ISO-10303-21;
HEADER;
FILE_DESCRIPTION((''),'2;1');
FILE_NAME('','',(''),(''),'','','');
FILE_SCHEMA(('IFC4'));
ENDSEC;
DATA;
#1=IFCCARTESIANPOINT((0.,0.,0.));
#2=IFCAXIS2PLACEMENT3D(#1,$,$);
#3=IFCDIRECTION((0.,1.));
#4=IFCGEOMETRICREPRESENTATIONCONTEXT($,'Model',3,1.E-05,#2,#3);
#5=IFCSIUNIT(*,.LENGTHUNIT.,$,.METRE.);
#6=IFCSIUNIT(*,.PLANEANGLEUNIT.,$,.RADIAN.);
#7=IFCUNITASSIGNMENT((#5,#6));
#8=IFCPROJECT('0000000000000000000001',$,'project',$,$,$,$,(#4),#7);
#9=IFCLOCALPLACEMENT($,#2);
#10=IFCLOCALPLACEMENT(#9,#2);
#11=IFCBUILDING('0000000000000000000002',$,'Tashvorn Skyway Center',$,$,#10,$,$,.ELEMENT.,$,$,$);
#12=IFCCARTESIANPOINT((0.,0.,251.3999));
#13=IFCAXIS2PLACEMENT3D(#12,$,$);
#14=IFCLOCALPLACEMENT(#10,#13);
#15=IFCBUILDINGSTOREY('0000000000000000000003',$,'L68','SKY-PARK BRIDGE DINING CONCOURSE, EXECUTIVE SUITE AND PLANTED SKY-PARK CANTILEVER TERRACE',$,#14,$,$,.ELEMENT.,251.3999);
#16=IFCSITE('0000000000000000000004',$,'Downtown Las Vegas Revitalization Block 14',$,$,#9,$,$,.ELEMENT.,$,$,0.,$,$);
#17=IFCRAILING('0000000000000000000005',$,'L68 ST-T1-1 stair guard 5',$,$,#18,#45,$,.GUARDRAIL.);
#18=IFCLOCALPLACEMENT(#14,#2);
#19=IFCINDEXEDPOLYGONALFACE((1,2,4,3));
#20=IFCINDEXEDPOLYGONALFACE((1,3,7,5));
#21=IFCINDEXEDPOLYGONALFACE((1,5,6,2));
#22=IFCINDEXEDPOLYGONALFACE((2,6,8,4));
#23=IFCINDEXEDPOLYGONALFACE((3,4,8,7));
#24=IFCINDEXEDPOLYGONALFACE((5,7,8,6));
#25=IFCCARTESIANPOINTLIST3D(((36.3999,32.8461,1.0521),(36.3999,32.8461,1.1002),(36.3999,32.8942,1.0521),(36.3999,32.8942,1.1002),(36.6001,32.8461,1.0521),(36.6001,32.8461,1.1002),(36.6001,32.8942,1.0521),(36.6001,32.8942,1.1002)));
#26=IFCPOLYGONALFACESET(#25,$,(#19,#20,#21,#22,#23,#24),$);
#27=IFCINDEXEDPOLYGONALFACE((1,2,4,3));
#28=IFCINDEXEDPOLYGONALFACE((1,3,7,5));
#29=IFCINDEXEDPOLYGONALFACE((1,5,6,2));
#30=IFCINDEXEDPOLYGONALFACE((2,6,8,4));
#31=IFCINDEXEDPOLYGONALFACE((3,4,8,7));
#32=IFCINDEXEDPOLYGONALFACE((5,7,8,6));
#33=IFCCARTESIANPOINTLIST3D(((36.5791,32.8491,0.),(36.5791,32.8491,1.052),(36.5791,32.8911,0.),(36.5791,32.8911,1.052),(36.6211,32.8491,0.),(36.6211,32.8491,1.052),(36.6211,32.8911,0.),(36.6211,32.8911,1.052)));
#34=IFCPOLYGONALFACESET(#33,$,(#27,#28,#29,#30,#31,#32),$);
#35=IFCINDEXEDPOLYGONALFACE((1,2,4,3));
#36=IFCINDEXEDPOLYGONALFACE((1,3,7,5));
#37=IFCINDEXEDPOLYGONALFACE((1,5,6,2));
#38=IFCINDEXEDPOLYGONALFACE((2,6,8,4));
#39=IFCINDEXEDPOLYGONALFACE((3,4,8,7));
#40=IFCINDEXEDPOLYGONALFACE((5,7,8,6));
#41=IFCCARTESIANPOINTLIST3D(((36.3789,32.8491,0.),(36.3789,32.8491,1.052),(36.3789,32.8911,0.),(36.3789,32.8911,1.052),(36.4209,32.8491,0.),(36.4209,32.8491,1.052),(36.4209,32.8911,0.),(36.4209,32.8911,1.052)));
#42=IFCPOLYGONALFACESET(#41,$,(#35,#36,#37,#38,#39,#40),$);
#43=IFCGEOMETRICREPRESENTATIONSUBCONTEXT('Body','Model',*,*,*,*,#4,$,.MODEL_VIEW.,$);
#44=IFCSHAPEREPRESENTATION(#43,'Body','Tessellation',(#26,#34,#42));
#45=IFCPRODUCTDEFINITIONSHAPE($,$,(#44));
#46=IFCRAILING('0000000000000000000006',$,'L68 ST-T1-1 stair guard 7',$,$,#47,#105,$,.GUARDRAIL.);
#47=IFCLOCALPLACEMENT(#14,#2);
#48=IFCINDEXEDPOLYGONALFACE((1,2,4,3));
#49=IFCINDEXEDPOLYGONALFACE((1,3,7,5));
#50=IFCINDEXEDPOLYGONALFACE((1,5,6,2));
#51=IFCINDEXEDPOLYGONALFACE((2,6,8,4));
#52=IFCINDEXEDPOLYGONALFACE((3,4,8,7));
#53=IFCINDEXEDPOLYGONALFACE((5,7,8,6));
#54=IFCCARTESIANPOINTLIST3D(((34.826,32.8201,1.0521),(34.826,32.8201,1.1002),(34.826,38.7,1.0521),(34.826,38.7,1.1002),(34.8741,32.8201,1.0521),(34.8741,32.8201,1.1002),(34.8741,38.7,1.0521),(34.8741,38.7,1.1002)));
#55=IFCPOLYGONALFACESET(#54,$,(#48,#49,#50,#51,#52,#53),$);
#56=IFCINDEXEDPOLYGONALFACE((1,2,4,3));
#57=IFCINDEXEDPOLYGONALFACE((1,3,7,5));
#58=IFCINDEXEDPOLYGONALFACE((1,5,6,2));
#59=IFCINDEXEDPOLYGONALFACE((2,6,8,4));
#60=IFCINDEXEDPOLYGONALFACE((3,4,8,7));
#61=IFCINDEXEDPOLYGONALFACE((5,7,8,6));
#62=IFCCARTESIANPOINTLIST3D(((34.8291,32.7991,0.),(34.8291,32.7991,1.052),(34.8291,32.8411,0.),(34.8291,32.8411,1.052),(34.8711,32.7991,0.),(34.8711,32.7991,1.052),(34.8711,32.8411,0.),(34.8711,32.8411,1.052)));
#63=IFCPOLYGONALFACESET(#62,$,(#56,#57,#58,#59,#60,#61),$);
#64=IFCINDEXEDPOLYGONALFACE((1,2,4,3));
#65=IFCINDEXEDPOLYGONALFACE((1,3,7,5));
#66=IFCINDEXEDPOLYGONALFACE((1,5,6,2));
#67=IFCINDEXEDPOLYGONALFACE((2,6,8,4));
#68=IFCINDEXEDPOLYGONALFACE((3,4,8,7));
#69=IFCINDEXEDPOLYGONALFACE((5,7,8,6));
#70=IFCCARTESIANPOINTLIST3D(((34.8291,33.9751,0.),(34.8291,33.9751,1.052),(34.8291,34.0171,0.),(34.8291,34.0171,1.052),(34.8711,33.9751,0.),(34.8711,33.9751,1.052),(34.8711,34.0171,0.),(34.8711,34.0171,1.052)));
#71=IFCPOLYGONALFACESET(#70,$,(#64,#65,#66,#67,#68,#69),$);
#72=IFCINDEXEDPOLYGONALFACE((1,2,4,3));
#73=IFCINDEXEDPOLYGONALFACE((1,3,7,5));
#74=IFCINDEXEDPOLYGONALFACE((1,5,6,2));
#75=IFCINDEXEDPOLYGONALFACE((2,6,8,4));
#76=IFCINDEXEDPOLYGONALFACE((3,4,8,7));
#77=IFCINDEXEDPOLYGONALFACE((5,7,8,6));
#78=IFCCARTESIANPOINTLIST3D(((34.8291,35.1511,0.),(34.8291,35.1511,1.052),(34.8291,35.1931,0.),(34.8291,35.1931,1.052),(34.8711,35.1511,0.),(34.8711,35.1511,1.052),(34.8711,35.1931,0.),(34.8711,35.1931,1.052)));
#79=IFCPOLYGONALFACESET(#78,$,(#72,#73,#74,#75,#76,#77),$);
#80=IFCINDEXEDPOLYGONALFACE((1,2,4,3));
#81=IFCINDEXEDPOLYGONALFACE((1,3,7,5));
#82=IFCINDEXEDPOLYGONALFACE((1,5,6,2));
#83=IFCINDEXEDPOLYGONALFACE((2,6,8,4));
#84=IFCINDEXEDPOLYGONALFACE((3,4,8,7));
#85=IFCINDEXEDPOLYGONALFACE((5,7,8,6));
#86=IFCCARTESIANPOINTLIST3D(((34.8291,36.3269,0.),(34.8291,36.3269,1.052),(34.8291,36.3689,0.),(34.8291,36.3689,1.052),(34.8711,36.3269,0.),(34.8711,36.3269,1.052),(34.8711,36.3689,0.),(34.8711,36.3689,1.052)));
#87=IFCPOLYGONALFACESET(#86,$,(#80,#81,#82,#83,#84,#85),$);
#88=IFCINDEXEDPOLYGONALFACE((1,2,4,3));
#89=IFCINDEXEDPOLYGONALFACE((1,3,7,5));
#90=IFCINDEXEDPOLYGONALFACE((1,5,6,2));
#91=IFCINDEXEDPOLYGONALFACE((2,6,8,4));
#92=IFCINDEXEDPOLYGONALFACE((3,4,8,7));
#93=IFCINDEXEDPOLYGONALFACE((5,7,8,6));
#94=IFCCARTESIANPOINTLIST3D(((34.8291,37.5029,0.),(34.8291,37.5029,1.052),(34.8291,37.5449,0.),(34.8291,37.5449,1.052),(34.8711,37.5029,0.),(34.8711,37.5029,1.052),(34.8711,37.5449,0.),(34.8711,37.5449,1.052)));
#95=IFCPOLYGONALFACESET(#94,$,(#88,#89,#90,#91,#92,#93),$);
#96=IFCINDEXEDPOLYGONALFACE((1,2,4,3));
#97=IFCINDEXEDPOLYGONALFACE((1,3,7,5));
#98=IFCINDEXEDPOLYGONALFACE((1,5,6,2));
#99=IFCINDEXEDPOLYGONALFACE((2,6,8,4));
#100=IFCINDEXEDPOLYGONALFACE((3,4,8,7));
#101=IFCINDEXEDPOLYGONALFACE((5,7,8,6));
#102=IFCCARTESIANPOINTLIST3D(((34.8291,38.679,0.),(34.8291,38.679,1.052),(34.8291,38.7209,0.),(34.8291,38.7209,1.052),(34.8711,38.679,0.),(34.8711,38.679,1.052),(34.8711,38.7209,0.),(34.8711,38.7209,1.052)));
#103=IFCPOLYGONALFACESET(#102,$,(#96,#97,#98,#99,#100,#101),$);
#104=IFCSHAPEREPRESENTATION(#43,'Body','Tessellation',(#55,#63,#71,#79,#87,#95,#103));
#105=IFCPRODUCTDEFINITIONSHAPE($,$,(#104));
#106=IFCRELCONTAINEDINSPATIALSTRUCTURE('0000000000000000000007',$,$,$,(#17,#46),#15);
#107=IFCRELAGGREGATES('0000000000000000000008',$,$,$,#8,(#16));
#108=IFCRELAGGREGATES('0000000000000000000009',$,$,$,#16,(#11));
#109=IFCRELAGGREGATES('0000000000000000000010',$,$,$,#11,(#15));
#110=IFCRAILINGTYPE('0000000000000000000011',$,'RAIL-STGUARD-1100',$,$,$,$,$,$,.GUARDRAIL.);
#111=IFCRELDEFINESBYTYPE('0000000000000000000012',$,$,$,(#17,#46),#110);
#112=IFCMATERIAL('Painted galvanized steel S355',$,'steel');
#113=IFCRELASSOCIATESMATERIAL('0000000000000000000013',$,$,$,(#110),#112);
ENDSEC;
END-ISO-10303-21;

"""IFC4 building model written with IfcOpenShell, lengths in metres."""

from ifc_helpers import new_model, si_unit, direction, frame, origin, origin_2d, place, context, subcontext, project, spatial, rectangle, extrude, material, type_object, element, save


model = new_model("IFC4")

# Units and contexts
model_context = context("Model", 3, precision=1e-05, world=origin(), true_north=direction((0.0, 1.0)))
body_context = subcontext(model_context, "Body", "Model", "MODEL_VIEW")
ifc_project = project(units=[si_unit("LENGTHUNIT", "METRE"), si_unit("PLANEANGLEUNIT", "RADIAN")], contexts=[model_context])

# Site, building, storey
site_placement = place(None, origin())
site = spatial("IfcSite", under=ifc_project, at=site_placement, Name="Downtown Las Vegas Revitalization Block 14", CompositionType="ELEMENT", RefElevation=0.0)
building_placement = place(site_placement, origin())
building = spatial("IfcBuilding", under=site, at=building_placement, Name="Tashvorn Skyway Center", CompositionType="ELEMENT")
storey_placement = place(building_placement, frame((0.0, 0.0, 251.3999)))
storey = spatial("IfcBuildingStorey", under=building, at=storey_placement, Name="L68", Description="SKY-PARK BRIDGE DINING CONCOURSE, EXECUTIVE SUITE AND PLANTED SKY-PARK CANTILEVER TERRACE", CompositionType="ELEMENT", Elevation=251.3999)

# Railings
ifc_material_1 = material(Name="Painted galvanized steel S355", Category="steel")
railing_type_1 = type_object("IfcRailingType", Name="RAIL-STGUARD-1100", PredefinedType="GUARDRAIL", material=ifc_material_1)
railing_1_placement = place(storey_placement, frame((36.6001, 32.8701, 0.0)))
element("IfcRailing", 1, at=railing_1_placement, inside=storey, type_object=railing_type_1, Name="L68 ST-T1-1 stair guard 5", PredefinedType="GUARDRAIL", context=body_context, shape_type="SweptSolid", body=[
    extrude(rectangle(XDim=0.0481, YDim=0.0481, at=origin_2d()), frame((0.0, 0.0, 1.0762), z_axis=(-1.0, 0.0, 0.0), x_axis=(0.0, -1.0, 0.0)), (0.0, 0.0, 1.0), 0.2002),
    extrude(rectangle(XDim=0.042, YDim=0.042, at=origin_2d()), origin(), (0.0, 0.0, 1.0), 1.052),
    extrude(rectangle(XDim=0.042, YDim=0.042, at=origin_2d()), frame((-0.2002, 0.0, 0.0)), (0.0, 0.0, 1.0), 1.052),
])
railing_2_placement = place(storey_placement, frame((34.8501, 32.8201, 0.0)))
element("IfcRailing", 2, at=railing_2_placement, inside=storey, type_object=railing_type_1, Name="L68 ST-T1-1 stair guard 7", PredefinedType="GUARDRAIL", context=body_context, shape_type="SweptSolid", body=[
    extrude(rectangle(XDim=0.0481, YDim=0.0481, at=origin_2d()), frame((0.0, 0.0, 1.0762), z_axis=(0.0, 1.0, 0.0), x_axis=(-1.0, 0.0, 0.0)), (0.0, 0.0, 1.0), 5.8799),
    extrude(rectangle(XDim=0.042, YDim=0.042, at=origin_2d()), origin(), (0.0, 0.0, 1.0), 1.052),
    extrude(rectangle(XDim=0.042, YDim=0.042, at=origin_2d()), frame((0.0, 1.176, 0.0)), (0.0, 0.0, 1.0), 1.052),
    extrude(rectangle(XDim=0.042, YDim=0.042, at=origin_2d()), frame((0.0, 2.3521, 0.0)), (0.0, 0.0, 1.0), 1.052),
    extrude(rectangle(XDim=0.042, YDim=0.042, at=origin_2d()), frame((0.0, 3.5278, 0.0)), (0.0, 0.0, 1.0), 1.052),
    extrude(rectangle(XDim=0.042, YDim=0.042, at=origin_2d()), frame((0.0, 4.7039, 0.0)), (0.0, 0.0, 1.0), 1.052),
    extrude(rectangle(XDim=0.042, YDim=0.042, at=origin_2d()), frame((0.0, 5.8799, 0.0)), (0.0, 0.0, 1.0), 1.052),
])

save(model, "model.ifc")
